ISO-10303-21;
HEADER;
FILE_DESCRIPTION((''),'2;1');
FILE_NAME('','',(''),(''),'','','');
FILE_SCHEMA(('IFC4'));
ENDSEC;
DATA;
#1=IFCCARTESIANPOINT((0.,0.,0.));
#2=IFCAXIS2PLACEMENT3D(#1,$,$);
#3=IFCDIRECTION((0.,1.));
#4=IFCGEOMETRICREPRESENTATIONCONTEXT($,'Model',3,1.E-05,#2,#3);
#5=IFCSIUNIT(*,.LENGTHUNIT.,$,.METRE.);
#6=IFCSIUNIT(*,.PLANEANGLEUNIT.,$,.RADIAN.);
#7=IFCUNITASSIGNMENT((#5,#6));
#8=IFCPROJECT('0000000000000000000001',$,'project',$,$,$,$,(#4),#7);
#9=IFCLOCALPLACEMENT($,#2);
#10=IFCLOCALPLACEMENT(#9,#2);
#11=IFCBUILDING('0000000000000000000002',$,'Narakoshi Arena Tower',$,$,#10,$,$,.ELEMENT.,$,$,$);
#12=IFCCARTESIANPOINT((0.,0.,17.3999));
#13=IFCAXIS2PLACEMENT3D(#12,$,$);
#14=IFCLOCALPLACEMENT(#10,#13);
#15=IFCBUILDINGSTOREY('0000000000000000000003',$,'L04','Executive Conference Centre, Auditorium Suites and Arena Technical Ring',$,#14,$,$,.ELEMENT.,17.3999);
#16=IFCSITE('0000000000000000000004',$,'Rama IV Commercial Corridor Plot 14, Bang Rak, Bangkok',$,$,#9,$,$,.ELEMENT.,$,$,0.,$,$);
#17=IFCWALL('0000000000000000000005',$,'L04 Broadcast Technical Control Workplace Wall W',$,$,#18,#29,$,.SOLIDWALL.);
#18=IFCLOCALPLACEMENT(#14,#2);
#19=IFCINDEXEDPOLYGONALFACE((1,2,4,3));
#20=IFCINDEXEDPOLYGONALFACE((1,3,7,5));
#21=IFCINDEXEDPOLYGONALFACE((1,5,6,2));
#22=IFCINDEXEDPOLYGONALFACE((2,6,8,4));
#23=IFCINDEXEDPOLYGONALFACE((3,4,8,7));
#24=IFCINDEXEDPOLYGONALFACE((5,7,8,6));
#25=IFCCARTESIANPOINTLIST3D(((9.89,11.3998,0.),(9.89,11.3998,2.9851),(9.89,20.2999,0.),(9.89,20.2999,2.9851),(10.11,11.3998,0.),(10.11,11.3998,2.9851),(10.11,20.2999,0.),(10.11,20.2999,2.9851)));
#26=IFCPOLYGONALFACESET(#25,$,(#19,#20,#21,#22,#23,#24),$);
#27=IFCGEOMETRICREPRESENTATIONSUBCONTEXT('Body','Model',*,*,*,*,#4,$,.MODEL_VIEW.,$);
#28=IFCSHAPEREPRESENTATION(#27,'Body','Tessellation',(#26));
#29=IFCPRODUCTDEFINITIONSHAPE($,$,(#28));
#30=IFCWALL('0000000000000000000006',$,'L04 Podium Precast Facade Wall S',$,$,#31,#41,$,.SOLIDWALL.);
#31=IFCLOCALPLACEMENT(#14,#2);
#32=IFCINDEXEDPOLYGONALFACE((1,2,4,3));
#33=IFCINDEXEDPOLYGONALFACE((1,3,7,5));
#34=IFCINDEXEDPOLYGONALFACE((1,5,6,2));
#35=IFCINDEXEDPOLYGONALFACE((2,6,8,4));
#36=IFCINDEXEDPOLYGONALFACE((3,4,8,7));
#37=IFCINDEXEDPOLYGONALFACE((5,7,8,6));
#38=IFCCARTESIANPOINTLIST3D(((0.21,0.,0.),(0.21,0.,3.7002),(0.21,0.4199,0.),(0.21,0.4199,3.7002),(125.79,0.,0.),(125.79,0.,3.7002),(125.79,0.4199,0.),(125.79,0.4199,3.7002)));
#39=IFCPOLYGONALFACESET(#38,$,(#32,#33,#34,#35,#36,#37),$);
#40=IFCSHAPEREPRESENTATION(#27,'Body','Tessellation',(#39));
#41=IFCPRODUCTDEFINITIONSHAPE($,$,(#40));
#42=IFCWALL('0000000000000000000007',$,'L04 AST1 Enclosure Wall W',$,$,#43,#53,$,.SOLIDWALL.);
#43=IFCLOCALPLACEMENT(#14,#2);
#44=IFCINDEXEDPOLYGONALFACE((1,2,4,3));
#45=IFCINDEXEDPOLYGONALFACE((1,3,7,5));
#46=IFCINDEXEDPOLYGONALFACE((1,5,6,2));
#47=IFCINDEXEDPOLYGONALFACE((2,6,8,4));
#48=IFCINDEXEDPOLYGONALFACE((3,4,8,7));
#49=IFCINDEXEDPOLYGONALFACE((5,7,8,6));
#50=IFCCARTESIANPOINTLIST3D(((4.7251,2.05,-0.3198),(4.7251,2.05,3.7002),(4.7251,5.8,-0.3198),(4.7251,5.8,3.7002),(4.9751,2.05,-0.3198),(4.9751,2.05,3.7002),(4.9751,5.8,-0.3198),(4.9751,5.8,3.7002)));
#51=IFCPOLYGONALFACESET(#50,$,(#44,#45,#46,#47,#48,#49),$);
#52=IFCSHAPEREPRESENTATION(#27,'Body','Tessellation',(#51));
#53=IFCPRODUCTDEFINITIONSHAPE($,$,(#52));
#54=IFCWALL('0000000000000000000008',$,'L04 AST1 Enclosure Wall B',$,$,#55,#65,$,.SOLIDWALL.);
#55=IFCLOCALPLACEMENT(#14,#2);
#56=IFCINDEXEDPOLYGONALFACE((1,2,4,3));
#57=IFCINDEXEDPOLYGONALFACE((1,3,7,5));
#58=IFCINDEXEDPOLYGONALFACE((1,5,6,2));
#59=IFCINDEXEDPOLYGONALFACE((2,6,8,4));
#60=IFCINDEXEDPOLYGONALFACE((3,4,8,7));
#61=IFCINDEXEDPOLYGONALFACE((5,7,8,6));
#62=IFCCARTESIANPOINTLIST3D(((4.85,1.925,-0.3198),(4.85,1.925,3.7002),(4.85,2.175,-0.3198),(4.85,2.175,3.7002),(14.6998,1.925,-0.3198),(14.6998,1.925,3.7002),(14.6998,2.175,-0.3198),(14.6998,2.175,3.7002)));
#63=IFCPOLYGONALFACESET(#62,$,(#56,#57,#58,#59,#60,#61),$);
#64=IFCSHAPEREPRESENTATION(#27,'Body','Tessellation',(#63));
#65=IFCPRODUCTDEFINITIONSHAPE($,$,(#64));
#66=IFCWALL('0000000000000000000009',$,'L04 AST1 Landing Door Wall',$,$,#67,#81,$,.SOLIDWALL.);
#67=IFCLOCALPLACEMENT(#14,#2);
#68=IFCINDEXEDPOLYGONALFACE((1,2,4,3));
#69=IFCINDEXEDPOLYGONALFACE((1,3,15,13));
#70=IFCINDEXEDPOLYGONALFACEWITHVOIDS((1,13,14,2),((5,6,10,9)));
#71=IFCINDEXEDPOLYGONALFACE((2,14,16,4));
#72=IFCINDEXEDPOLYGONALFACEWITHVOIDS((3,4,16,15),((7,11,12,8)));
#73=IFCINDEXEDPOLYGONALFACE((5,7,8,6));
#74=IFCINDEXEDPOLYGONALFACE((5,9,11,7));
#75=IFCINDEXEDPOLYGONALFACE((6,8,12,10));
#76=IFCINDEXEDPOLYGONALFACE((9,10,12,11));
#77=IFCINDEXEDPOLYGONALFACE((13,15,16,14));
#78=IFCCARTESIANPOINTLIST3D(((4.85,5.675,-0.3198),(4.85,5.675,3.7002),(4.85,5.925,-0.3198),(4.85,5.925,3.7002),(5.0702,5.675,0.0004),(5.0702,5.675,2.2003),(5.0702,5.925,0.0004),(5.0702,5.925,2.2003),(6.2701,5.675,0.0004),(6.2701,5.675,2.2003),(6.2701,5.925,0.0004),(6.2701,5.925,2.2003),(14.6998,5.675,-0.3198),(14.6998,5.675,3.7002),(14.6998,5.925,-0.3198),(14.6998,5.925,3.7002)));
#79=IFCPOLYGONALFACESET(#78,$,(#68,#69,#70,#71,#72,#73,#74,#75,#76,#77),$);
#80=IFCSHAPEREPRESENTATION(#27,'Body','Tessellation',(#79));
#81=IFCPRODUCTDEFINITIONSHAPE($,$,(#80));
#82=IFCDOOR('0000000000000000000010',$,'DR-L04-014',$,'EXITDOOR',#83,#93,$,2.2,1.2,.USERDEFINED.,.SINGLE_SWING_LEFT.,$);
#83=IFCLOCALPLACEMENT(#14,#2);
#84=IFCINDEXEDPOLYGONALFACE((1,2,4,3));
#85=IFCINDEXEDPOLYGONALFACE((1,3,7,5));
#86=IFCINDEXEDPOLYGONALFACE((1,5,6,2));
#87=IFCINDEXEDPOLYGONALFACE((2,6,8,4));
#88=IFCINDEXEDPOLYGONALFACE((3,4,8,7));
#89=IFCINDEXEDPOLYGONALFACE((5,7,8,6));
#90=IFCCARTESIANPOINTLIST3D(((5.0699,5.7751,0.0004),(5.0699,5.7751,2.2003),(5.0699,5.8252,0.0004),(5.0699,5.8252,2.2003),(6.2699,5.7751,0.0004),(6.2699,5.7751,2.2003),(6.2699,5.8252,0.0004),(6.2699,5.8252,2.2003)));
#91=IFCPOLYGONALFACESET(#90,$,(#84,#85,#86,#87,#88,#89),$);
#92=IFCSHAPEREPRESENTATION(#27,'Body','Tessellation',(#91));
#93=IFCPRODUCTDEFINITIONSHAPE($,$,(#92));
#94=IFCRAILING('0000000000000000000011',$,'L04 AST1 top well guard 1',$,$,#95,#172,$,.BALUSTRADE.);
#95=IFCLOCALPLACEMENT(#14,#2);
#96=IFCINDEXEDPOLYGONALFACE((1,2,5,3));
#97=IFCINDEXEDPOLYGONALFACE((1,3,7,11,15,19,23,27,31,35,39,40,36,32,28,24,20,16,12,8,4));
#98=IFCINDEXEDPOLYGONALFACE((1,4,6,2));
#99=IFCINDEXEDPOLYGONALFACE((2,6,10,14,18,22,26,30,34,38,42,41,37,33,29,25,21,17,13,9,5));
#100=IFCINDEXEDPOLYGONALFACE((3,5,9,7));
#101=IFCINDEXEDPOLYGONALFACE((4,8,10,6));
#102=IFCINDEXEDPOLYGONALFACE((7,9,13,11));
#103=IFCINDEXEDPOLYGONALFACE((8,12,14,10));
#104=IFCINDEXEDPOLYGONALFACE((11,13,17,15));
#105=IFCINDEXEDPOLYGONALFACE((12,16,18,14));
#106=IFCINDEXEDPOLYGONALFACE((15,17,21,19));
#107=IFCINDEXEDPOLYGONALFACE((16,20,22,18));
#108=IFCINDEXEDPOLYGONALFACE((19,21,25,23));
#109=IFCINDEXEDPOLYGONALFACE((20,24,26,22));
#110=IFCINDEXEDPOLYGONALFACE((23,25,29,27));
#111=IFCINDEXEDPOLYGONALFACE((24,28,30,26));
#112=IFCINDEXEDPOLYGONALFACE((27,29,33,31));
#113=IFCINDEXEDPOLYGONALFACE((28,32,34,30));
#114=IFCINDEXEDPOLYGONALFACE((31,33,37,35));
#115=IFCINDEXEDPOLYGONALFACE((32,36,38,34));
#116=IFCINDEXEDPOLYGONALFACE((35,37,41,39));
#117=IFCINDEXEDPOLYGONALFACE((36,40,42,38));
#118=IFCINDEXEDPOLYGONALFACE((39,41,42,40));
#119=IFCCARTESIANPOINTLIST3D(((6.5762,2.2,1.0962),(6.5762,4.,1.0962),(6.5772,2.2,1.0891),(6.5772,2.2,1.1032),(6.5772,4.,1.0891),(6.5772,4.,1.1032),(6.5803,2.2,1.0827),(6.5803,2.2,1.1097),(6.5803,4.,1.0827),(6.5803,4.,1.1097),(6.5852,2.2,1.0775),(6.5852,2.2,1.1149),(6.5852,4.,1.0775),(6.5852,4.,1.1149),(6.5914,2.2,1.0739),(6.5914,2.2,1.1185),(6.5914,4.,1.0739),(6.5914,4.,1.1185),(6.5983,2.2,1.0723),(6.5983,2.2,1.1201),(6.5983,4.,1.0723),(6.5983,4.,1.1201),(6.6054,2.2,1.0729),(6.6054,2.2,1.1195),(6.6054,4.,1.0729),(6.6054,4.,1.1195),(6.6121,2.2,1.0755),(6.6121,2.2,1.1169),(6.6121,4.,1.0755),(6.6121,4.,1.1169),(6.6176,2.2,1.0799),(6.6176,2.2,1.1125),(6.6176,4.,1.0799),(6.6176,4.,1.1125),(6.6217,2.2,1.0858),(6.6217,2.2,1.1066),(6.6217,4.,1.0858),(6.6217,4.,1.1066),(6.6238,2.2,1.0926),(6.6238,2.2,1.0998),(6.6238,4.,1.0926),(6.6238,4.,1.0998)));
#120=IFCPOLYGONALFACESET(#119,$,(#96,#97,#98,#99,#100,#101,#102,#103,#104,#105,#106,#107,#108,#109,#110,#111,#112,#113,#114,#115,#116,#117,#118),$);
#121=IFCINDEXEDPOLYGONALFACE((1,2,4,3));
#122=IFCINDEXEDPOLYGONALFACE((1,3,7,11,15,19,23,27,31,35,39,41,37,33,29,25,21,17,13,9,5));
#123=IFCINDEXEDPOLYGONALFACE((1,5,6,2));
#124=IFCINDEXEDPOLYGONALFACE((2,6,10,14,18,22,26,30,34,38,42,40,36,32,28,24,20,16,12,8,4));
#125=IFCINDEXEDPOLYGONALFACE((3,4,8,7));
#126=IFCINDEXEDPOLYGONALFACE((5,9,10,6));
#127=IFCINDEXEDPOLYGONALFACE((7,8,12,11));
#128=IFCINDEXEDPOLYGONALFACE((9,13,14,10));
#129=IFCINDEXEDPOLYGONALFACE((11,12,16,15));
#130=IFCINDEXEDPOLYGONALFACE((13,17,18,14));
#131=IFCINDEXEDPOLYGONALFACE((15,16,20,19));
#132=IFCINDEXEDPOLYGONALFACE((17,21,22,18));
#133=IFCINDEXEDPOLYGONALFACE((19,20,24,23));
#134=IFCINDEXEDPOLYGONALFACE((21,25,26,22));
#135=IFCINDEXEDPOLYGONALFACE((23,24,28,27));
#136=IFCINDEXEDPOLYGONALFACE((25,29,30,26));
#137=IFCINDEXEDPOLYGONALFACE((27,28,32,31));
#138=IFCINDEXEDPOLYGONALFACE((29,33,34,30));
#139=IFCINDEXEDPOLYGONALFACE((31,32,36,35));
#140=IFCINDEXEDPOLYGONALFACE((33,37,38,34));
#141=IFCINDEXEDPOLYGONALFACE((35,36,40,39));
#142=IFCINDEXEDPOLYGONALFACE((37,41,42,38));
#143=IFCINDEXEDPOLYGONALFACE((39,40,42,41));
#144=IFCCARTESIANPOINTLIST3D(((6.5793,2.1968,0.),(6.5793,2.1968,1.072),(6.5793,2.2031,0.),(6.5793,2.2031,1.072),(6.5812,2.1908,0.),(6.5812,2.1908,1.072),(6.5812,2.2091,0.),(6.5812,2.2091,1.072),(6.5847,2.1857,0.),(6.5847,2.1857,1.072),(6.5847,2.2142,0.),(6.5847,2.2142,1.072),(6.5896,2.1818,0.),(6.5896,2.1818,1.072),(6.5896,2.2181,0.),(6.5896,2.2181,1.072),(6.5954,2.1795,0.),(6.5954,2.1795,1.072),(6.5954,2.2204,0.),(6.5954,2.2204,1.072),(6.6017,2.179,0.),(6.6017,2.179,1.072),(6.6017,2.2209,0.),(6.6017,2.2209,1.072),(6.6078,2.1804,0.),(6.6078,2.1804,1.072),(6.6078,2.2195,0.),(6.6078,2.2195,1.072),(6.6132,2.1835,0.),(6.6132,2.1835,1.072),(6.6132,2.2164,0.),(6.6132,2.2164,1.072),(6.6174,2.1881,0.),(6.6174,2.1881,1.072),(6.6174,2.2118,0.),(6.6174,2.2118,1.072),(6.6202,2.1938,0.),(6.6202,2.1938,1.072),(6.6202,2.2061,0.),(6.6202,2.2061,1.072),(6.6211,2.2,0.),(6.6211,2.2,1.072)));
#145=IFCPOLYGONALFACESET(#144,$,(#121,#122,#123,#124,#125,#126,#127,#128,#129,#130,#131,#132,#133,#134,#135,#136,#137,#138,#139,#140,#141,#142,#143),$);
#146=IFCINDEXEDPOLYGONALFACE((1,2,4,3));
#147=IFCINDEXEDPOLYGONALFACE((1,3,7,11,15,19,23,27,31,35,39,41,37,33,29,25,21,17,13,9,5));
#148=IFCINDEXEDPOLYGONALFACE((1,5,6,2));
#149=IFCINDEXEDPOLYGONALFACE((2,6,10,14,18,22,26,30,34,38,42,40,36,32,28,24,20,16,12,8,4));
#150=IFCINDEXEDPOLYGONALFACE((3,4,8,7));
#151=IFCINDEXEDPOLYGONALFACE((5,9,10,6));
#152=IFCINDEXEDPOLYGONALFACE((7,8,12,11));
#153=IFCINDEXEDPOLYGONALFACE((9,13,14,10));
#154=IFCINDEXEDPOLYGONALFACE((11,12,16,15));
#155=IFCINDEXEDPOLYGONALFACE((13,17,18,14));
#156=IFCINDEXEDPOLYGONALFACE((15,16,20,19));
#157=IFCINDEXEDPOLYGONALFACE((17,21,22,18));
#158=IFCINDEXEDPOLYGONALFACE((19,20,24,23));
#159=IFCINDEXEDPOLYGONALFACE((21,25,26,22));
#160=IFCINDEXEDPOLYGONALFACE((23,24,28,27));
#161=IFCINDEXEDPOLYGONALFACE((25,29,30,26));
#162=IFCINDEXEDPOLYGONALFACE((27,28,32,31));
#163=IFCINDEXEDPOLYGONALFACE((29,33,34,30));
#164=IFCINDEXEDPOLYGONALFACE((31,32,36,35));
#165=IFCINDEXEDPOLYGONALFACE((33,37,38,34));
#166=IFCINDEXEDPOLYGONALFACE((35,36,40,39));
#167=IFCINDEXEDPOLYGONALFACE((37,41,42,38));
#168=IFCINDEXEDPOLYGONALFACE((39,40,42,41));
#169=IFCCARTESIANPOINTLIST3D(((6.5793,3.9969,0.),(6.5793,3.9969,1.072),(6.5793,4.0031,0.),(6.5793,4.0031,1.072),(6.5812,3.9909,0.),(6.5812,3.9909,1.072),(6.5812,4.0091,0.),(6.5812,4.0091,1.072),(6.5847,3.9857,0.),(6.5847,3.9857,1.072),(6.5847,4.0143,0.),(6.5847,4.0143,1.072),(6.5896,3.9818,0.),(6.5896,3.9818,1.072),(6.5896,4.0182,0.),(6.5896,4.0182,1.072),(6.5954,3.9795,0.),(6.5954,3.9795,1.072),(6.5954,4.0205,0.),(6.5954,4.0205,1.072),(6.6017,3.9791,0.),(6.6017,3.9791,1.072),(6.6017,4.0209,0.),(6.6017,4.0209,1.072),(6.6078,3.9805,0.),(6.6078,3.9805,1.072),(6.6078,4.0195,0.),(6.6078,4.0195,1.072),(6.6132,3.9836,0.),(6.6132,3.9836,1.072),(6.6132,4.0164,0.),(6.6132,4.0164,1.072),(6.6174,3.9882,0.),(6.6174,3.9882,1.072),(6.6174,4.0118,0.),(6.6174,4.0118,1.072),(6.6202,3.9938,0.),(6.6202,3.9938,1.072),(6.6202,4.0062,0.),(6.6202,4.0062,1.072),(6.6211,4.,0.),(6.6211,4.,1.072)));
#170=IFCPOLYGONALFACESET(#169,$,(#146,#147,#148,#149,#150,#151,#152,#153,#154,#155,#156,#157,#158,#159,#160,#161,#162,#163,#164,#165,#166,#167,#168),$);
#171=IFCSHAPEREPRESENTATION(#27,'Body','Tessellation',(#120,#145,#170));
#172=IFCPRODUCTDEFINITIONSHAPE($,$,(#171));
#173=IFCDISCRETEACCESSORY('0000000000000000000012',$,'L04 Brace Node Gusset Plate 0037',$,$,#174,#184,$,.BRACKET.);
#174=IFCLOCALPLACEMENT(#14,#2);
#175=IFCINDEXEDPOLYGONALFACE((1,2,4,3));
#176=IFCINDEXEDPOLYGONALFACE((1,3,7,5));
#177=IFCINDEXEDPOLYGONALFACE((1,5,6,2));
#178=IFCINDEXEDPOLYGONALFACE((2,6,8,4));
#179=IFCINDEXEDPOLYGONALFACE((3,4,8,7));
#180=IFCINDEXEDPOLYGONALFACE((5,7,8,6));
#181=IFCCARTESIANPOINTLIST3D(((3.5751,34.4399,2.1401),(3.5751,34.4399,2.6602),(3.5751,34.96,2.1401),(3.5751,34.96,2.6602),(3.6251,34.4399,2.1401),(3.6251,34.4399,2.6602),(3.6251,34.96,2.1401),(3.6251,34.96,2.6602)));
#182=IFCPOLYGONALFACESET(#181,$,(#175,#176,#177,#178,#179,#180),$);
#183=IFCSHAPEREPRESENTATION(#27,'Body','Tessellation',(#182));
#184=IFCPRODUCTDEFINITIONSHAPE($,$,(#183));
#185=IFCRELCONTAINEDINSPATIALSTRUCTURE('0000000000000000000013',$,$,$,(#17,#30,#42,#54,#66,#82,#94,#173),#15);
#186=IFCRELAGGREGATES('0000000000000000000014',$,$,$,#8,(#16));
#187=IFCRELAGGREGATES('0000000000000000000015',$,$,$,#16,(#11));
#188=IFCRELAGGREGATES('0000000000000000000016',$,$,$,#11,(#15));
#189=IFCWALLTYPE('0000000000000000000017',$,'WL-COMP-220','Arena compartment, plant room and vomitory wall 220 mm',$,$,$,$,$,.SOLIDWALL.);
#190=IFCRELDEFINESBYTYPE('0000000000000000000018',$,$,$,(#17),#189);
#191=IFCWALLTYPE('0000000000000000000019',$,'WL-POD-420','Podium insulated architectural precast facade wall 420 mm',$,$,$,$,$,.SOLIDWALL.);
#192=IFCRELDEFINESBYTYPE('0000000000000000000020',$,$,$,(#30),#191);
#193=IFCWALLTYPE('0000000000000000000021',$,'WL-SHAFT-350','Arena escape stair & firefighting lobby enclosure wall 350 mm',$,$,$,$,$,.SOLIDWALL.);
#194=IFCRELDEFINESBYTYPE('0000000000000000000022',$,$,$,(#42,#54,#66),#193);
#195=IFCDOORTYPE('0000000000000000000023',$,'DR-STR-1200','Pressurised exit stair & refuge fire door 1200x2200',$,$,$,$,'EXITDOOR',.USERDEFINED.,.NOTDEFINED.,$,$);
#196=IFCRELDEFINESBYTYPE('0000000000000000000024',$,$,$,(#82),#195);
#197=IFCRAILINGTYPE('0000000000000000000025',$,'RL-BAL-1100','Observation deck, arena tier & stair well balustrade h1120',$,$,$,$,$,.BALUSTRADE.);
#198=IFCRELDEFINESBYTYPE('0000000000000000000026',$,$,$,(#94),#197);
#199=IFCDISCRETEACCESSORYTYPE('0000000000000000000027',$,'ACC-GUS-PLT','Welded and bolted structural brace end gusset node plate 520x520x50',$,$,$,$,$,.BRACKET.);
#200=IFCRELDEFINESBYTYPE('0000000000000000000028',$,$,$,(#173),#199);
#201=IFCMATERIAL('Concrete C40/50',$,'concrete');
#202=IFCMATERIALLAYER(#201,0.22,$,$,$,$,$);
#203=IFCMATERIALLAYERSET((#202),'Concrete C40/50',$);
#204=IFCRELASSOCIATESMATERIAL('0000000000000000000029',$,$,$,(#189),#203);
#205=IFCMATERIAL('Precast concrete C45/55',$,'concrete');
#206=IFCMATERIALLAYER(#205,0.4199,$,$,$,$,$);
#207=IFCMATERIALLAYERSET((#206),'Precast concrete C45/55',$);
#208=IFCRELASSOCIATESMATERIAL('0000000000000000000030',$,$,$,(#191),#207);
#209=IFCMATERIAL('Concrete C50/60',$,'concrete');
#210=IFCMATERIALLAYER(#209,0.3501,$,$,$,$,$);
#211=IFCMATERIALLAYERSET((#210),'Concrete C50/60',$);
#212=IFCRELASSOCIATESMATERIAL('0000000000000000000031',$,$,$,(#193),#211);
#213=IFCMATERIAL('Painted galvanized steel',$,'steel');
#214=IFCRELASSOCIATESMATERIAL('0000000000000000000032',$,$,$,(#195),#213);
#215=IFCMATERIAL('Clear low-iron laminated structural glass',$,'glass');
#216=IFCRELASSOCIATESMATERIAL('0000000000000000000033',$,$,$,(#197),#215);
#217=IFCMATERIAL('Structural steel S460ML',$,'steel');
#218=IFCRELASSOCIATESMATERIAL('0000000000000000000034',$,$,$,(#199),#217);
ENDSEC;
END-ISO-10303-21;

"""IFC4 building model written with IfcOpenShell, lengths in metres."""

from ifc_helpers import new_model, si_unit, direction, frame, frame_2d, origin, origin_2d, place, context, subcontext, project, spatial, rectangle, circle, extrude, material, layer, layer_set, type_object, element, fill, save


model = new_model("IFC4")

# Units and contexts
model_context = context("Model", 3, precision=1e-05, world=origin(), true_north=direction((0.0, 1.0)))
body_context = subcontext(model_context, "Body", "Model", "MODEL_VIEW")
ifc_project = project(units=[si_unit("LENGTHUNIT", "METRE"), si_unit("PLANEANGLEUNIT", "RADIAN")], contexts=[model_context])

# Site, building, storey
site_placement = place(None, origin())
site = spatial("IfcSite", under=ifc_project, at=site_placement, Name="Rama IV Commercial Corridor Plot 14, Bang Rak, Bangkok", CompositionType="ELEMENT", RefElevation=0.0)
building_placement = place(site_placement, origin())
building = spatial("IfcBuilding", under=site, at=building_placement, Name="Narakoshi Arena Tower", CompositionType="ELEMENT")
storey_placement = place(building_placement, frame((0.0, 0.0, 17.3999)))
storey = spatial("IfcBuildingStorey", under=building, at=storey_placement, Name="L04", Description="Executive Conference Centre, Auditorium Suites and Arena Technical Ring", CompositionType="ELEMENT", Elevation=17.3999)

# Shared definitions
ifc_material_1 = material(Name="Concrete C40/50", Category="concrete")
ifc_layer_1 = layer(ifc_material_1, 0.22)
ifc_layer_set_1 = layer_set([ifc_layer_1], Name="Concrete C40/50")
wall_type_1 = type_object("IfcWallType", Name="WL-COMP-220", Description="Arena compartment, plant room and vomitory wall 220 mm", PredefinedType="SOLIDWALL", material=ifc_layer_set_1)

# Walls
wall_1_placement = place(storey_placement, frame((10.0, 20.3, 0.0), z_axis=(0.0, 0.0, 1.0), x_axis=(0.0, -1.0, 0.0)))
element("IfcWall", 1, at=wall_1_placement, inside=storey, type_object=wall_type_1, Name="L04 Broadcast Technical Control Workplace Wall W", PredefinedType="SOLIDWALL", context=body_context, shape_type="SweptSolid", body=[
    extrude(rectangle(XDim=8.9001, YDim=0.22, at=frame_2d((4.4502, 0.0))), origin(), (0.0, 0.0, 1.0), 2.9851),
])
ifc_material_2 = material(Name="Precast concrete C45/55", Category="concrete")
ifc_layer_2 = layer(ifc_material_2, 0.4199)
ifc_layer_set_2 = layer_set([ifc_layer_2], Name="Precast concrete C45/55")
wall_type_2 = type_object("IfcWallType", Name="WL-POD-420", Description="Podium insulated architectural precast facade wall 420 mm", PredefinedType="SOLIDWALL", material=ifc_layer_set_2)
wall_2_placement = place(storey_placement, frame((0.21, 0.21, 0.0), z_axis=(0.0, 0.0, 1.0), x_axis=(1.0, 0.0, 0.0)))
element("IfcWall", 2, at=wall_2_placement, inside=storey, type_object=wall_type_2, Name="L04 Podium Precast Facade Wall S", PredefinedType="SOLIDWALL", context=body_context, shape_type="SweptSolid", body=[
    extrude(rectangle(XDim=125.5801, YDim=0.4199, at=frame_2d((62.79, 0.0))), origin(), (0.0, 0.0, 1.0), 3.7002),
])
ifc_material_3 = material(Name="Concrete C50/60", Category="concrete")
ifc_layer_3 = layer(ifc_material_3, 0.3501)
ifc_layer_set_3 = layer_set([ifc_layer_3], Name="Concrete C50/60")
wall_type_3 = type_object("IfcWallType", Name="WL-SHAFT-350", Description="Arena escape stair & firefighting lobby enclosure wall 350 mm", PredefinedType="SOLIDWALL", material=ifc_layer_set_3)
wall_3_placement = place(storey_placement, frame((4.8501, 2.05, -0.3198), z_axis=(0.0, 0.0, 1.0), x_axis=(0.0, 1.0, 0.0)))
element("IfcWall", 3, at=wall_3_placement, inside=storey, type_object=wall_type_3, Name="L04 AST1 Enclosure Wall W", PredefinedType="SOLIDWALL", context=body_context, shape_type="SweptSolid", body=[
    extrude(rectangle(XDim=3.75, YDim=0.25, at=frame_2d((1.875, 0.0))), origin(), (0.0, 0.0, 1.0), 4.02),
])
wall_4_placement = place(storey_placement, frame((4.8501, 2.05, -0.3198), z_axis=(0.0, 0.0, 1.0), x_axis=(1.0, 0.0, 0.0)))
element("IfcWall", 4, at=wall_4_placement, inside=storey, type_object=wall_type_3, Name="L04 AST1 Enclosure Wall B", PredefinedType="SOLIDWALL", context=body_context, shape_type="SweptSolid", body=[
    extrude(rectangle(XDim=9.8499, YDim=0.25, at=frame_2d((4.9248, 0.0))), origin(), (0.0, 0.0, 1.0), 4.02),
])

# Wall, opening, door
wall_5_placement = place(storey_placement, frame((4.8501, 5.8, -0.3198), z_axis=(0.0, 0.0, 1.0), x_axis=(1.0, 0.0, 0.0)))
wall_5 = element("IfcWall", 5, at=wall_5_placement, inside=storey, type_object=wall_type_3, Name="L04 AST1 Landing Door Wall", PredefinedType="SOLIDWALL", context=body_context, shape_type="SweptSolid", body=[
    extrude(rectangle(XDim=9.8499, YDim=0.25, at=frame_2d((4.9248, 0.0))), origin(), (0.0, 0.0, 1.0), 4.02),
])
opening_1_placement = place(wall_5_placement, frame((0.22, 0.0, 0.3201)))
opening_1 = element("IfcOpeningElement", 6, at=opening_1_placement, cuts=wall_5, PredefinedType="OPENING", context=body_context, shape_type="SweptSolid", body=[
    extrude(rectangle(XDim=1.2, YDim=2.2, at=frame_2d((0.6001, 1.1001))), frame((0.0, 0.135, 0.0), z_axis=(0.0, -1.0, 0.0), x_axis=(1.0, 0.0, 0.0)), (0.0, 0.0, 1.0), 0.27),
])
ifc_material_4 = material(Name="Painted galvanized steel", Category="steel")
door_type_1 = type_object("IfcDoorType", Name="DR-STR-1200", Description="Pressurised exit stair & refuge fire door 1200x2200", ElementType="EXITDOOR", OperationType="NOTDEFINED", PredefinedType="USERDEFINED", material=ifc_material_4)
door_1_placement = place(opening_1_placement, frame((1.2, 0.0, 0.0), z_axis=(0.0, 0.0, 1.0), x_axis=(-1.0, 0.0, 0.0)))
door_1 = element("IfcDoor", 7, at=door_1_placement, inside=storey, type_object=door_type_1, Name="DR-L04-014", ObjectType="EXITDOOR", OperationType="SINGLE_SWING_LEFT", OverallHeight=2.2, OverallWidth=1.2, PredefinedType="USERDEFINED", context=body_context, shape_type="SweptSolid", body=[
    extrude(rectangle(XDim=1.2, YDim=2.2, at=frame_2d((0.6001, 1.1001))), frame((0.0, 0.0249, 0.0), z_axis=(0.0, -1.0, 0.0), x_axis=(1.0, 0.0, 0.0)), (0.0, 0.0, 1.0), 0.05),
])
fill(opening_1, door_1)

# Railing
ifc_material_5 = material(Name="Clear low-iron laminated structural glass", Category="glass")
railing_type = type_object("IfcRailingType", Name="RL-BAL-1100", Description="Observation deck, arena tier & stair well balustrade h1120", PredefinedType="BALUSTRADE", material=ifc_material_5)
railing_1_placement = place(storey_placement, frame((6.6001, 2.2, 0.0)))
element("IfcRailing", 8, at=railing_1_placement, inside=storey, type_object=railing_type, Name="L04 AST1 top well guard 1", PredefinedType="BALUSTRADE", context=body_context, shape_type="SweptSolid", body=[
    extrude(circle(Radius=0.0239, at=origin_2d()), frame((0.0, 0.0, 1.0962), z_axis=(0.0, 1.0, 0.0), x_axis=(-1.0, 0.0, 0.0)), (0.0, 0.0, 1.0), 1.8),
    extrude(circle(Radius=0.021, at=origin_2d()), origin(), (0.0, 0.0, 1.0), 1.072),
    extrude(circle(Radius=0.021, at=origin_2d()), frame((0.0, 1.8, 0.0)), (0.0, 0.0, 1.0), 1.072),
])

# Discrete accessory
ifc_material_6 = material(Name="Structural steel S460ML", Category="steel")
discrete_accessory_type = type_object("IfcDiscreteAccessoryType", Name="ACC-GUS-PLT", Description="Welded and bolted structural brace end gusset node plate 520x520x50", PredefinedType="BRACKET", material=ifc_material_6)
discrete_accessory_placement = place(storey_placement, frame((3.6001, 34.7, 2.1401), z_axis=(0.0, 0.0, 1.0), x_axis=(0.0, 1.0, 0.0)))
element("IfcDiscreteAccessory", 9, at=discrete_accessory_placement, inside=storey, type_object=discrete_accessory_type, Name="L04 Brace Node Gusset Plate 0037", PredefinedType="BRACKET", context=body_context, shape_type="SweptSolid", body=[
    extrude(rectangle(XDim=0.52, YDim=0.05, at=origin_2d()), origin(), (0.0, 0.0, 1.0), 0.52),
])

save(model, "model.ifc")
